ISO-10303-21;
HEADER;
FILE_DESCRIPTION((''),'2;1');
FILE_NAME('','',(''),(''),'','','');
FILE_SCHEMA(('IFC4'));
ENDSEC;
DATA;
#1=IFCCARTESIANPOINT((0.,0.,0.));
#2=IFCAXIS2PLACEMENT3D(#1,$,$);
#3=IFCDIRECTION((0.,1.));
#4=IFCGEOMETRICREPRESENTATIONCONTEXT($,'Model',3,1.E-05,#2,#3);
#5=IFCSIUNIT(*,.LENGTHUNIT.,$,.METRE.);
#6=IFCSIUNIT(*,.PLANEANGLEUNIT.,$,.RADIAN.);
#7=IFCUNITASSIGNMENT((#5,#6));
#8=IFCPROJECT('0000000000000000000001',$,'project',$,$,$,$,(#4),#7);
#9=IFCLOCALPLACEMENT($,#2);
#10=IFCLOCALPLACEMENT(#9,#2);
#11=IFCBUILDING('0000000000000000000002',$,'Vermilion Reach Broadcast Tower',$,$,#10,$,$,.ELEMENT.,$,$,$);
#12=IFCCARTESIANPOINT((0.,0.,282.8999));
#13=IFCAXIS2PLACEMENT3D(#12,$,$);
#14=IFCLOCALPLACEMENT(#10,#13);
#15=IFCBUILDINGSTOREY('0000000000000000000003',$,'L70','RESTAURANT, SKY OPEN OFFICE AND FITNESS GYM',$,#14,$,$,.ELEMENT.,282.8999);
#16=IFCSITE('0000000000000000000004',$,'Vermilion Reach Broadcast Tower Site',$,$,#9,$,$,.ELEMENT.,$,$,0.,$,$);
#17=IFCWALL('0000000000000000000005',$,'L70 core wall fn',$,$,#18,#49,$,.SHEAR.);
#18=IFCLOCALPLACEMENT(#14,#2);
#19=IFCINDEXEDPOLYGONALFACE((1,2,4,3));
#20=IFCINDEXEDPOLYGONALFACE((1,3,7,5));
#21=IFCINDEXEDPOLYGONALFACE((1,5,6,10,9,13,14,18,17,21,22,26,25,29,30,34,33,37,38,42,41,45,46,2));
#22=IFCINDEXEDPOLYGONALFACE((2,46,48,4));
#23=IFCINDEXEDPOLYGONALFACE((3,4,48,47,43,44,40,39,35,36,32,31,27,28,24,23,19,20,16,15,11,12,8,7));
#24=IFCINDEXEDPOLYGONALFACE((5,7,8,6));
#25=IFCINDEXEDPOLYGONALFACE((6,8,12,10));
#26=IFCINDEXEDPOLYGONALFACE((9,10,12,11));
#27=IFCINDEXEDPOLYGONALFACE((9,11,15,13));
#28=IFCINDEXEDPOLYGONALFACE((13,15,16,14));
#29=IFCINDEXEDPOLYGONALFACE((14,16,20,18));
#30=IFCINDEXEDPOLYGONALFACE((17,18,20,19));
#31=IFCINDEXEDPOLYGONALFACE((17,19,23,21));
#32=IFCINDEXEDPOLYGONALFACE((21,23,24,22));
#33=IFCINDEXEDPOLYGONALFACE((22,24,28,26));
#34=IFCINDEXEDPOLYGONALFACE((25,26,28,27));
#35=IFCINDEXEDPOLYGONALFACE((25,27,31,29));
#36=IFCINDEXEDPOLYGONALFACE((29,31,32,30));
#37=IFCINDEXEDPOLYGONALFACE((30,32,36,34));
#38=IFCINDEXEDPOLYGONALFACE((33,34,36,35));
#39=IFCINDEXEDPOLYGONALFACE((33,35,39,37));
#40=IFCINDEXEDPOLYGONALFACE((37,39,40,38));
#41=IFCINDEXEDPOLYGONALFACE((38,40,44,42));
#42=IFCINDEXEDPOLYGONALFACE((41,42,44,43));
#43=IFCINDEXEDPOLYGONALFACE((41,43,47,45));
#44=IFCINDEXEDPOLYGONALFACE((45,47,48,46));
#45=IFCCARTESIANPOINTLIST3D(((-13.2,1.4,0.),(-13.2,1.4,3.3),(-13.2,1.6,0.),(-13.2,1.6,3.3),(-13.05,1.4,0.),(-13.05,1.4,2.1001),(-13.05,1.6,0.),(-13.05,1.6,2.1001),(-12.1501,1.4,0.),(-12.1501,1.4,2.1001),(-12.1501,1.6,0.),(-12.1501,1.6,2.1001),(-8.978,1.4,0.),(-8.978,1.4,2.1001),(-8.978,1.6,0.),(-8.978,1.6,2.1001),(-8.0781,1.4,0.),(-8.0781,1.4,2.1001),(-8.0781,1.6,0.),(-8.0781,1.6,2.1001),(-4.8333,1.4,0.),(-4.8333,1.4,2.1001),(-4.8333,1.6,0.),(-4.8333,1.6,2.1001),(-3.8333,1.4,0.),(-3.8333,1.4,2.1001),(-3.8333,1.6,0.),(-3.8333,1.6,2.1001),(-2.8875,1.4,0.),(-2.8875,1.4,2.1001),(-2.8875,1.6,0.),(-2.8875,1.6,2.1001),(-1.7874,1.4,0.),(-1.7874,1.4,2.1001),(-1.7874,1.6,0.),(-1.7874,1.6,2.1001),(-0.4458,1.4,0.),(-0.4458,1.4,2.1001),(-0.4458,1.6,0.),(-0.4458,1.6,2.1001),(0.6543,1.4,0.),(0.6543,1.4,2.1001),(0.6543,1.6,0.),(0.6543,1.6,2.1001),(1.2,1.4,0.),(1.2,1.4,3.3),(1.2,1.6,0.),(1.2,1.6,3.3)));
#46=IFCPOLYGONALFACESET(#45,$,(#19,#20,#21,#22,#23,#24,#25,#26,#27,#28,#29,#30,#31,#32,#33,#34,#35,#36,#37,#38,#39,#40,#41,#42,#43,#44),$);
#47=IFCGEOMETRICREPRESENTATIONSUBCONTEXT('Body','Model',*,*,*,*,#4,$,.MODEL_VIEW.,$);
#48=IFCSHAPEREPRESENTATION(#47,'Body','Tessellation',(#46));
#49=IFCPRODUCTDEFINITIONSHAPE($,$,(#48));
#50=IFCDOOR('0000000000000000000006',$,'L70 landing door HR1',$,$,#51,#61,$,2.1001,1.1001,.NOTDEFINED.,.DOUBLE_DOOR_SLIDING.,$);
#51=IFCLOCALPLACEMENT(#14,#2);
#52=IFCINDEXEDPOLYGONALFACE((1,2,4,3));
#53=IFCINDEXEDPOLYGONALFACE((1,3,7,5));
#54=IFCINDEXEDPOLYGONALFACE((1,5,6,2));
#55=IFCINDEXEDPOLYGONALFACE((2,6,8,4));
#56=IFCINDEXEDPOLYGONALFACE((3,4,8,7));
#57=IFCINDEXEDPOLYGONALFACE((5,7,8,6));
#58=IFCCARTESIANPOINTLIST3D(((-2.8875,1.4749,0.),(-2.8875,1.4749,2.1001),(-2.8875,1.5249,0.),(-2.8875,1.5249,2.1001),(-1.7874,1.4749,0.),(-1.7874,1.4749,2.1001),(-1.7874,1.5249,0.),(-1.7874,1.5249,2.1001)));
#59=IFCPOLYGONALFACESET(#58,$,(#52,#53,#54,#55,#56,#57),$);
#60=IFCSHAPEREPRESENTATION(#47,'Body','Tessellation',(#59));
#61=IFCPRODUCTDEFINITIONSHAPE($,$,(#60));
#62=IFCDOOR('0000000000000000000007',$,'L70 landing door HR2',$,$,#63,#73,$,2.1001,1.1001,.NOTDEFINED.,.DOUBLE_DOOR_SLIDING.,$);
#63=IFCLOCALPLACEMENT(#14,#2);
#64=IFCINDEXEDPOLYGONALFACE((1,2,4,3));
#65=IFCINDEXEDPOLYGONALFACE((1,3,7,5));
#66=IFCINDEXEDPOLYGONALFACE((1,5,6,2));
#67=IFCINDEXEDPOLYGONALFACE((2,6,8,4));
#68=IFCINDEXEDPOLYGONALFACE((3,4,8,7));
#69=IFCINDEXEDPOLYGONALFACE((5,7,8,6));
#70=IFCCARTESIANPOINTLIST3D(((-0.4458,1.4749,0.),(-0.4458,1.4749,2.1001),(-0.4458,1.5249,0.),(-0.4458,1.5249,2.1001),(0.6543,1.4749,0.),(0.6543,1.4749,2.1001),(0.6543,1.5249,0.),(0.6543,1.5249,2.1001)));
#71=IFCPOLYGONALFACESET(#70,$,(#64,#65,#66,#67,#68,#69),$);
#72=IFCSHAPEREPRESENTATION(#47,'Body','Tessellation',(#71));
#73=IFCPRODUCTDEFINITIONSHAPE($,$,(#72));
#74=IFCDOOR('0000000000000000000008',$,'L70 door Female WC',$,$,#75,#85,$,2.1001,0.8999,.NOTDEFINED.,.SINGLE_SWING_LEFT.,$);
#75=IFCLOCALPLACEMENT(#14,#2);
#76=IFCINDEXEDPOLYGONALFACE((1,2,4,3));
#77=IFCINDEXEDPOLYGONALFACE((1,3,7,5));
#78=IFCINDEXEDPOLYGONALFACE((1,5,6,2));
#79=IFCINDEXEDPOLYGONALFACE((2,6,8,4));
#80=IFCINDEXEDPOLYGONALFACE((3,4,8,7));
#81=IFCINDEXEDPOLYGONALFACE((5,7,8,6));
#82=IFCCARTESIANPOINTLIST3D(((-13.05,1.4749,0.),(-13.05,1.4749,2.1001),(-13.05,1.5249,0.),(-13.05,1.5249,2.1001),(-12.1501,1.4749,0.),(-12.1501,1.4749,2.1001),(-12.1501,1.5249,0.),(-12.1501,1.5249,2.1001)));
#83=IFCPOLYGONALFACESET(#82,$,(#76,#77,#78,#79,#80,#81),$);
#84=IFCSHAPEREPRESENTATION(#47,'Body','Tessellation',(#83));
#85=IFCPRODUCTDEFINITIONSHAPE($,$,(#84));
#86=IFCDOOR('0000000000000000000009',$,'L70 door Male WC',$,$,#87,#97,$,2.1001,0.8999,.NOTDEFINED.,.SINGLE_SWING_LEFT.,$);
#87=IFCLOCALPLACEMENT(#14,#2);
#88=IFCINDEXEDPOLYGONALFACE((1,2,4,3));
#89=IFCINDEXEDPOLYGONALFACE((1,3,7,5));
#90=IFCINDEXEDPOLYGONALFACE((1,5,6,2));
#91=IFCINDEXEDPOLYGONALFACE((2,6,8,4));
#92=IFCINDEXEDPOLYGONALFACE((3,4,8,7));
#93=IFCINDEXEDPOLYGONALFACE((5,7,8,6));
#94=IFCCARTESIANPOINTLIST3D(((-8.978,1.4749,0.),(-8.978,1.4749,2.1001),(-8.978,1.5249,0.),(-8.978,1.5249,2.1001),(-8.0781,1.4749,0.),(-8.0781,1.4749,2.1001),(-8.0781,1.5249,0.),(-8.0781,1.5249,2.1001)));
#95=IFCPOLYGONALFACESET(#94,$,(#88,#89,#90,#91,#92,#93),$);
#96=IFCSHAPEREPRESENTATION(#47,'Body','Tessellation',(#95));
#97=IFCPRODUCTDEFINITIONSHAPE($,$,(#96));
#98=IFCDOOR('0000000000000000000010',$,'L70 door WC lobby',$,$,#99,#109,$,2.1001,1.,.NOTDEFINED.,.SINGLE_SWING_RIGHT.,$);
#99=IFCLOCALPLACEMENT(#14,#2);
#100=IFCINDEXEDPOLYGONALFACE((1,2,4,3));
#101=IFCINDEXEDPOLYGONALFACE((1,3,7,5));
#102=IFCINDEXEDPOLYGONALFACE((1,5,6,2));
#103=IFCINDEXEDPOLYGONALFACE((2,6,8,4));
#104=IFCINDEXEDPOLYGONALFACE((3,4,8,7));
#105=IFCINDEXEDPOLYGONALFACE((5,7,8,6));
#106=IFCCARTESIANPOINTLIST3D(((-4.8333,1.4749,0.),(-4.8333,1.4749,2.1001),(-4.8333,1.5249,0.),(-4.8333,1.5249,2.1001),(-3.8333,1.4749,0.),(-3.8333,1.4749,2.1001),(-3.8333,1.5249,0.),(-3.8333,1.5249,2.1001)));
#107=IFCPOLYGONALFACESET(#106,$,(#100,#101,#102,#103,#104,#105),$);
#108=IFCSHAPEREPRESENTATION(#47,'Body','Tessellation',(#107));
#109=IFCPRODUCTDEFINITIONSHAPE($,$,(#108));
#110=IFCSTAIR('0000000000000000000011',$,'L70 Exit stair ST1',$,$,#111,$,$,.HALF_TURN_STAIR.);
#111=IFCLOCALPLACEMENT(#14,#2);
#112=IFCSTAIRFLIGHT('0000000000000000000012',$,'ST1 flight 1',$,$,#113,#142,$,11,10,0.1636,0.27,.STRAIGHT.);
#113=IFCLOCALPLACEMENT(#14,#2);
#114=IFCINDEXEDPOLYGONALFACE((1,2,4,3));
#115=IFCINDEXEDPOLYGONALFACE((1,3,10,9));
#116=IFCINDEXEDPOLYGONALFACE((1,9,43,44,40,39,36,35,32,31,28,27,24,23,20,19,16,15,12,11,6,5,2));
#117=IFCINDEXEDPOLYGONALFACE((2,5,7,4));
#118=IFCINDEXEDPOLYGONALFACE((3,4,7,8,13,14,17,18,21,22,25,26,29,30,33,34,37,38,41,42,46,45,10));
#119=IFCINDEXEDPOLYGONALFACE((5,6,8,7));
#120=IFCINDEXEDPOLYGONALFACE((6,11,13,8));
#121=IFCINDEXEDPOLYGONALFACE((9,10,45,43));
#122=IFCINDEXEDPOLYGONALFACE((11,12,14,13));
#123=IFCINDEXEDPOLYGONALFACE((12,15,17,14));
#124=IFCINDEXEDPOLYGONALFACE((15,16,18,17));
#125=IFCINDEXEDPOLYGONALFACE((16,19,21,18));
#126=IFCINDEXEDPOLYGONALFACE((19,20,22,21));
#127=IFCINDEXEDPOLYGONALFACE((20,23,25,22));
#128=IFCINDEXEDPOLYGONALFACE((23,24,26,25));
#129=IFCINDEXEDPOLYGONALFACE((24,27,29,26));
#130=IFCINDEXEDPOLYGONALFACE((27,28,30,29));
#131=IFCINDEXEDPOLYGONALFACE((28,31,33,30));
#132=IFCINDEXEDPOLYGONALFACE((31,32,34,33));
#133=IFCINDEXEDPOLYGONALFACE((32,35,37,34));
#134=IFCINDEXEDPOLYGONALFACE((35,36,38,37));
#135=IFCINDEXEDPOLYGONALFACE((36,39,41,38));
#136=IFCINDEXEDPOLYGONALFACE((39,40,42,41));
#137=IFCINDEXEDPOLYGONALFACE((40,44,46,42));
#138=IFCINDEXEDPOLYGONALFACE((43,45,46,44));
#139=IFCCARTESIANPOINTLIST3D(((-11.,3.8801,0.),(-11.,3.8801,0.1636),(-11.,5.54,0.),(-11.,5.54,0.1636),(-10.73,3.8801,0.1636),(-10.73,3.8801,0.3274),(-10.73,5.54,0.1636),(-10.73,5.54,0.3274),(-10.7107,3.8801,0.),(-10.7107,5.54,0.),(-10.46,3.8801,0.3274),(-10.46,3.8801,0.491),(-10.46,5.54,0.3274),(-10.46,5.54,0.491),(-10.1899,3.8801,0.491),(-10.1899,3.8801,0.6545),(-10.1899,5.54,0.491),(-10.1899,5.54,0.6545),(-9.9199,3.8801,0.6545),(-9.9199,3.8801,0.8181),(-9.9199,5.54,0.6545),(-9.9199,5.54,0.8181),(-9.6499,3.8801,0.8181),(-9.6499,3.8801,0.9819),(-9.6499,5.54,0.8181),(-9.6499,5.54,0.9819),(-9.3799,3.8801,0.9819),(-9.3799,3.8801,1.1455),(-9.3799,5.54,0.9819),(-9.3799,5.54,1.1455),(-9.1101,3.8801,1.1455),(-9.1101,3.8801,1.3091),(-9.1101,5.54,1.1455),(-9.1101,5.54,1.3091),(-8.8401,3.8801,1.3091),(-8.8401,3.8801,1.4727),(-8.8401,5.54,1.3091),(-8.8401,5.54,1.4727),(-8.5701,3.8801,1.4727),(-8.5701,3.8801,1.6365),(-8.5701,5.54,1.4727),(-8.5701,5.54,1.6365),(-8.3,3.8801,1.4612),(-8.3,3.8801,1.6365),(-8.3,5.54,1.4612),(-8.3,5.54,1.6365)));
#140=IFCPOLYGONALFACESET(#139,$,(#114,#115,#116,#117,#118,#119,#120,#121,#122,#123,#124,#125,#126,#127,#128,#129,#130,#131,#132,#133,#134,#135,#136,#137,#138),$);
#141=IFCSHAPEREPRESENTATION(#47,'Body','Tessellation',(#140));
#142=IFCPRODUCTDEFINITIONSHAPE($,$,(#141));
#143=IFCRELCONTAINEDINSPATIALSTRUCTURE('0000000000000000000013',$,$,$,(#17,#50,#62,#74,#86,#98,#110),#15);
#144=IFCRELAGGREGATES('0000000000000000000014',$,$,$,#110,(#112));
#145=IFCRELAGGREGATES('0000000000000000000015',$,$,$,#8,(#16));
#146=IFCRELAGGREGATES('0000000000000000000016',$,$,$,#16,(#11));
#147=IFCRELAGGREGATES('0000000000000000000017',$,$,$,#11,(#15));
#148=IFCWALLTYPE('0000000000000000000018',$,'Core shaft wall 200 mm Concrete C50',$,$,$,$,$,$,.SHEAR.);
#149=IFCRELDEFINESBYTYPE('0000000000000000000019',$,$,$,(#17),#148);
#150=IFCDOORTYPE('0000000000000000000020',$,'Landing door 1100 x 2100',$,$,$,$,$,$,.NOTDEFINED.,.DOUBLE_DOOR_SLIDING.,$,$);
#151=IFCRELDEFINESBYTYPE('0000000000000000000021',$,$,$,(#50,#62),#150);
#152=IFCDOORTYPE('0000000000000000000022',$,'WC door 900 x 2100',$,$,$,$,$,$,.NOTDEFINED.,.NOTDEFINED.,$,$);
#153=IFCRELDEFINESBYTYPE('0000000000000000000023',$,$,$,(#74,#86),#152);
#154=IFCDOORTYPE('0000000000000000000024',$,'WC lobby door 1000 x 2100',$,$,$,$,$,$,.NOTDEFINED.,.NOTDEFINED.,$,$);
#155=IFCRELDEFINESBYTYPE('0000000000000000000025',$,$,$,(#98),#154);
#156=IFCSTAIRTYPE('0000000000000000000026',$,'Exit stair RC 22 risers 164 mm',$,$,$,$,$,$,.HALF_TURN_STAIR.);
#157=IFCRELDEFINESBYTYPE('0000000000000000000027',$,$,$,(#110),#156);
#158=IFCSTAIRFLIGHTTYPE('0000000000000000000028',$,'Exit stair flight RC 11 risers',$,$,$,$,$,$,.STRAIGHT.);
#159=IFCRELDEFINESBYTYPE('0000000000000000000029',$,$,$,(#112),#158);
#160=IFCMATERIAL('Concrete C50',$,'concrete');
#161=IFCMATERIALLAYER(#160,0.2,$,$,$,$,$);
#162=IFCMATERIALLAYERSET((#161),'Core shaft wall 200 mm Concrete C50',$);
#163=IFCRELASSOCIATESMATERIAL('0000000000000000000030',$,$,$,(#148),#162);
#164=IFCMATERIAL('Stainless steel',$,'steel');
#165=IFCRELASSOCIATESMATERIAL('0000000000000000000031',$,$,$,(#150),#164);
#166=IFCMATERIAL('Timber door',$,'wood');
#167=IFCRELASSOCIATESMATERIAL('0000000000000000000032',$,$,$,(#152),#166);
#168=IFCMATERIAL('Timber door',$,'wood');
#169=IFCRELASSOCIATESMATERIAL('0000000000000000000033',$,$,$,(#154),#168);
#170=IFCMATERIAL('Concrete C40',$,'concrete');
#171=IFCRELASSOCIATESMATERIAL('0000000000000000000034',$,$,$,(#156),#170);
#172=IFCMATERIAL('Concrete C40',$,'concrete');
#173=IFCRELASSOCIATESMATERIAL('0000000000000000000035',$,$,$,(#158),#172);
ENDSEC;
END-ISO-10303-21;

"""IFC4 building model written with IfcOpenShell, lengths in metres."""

from ifc_helpers import new_model, si_unit, direction, frame, frame_2d, origin, place, context, subcontext, project, spatial, polyline, rectangle, outline, extrude, material, layer, layer_set, type_object, element, fill, aggregate, save


model = new_model("IFC4")

# Units and contexts
model_context = context("Model", 3, precision=1e-05, world=origin(), true_north=direction((0.0, 1.0)))
body_context = subcontext(model_context, "Body", "Model", "MODEL_VIEW")
ifc_project = project(units=[si_unit("LENGTHUNIT", "METRE"), si_unit("PLANEANGLEUNIT", "RADIAN")], contexts=[model_context])

# Site, building, storey
site_placement = place(None, origin())
site = spatial("IfcSite", under=ifc_project, at=site_placement, Name="Vermilion Reach Broadcast Tower Site", CompositionType="ELEMENT", RefElevation=0.0)
building_placement = place(site_placement, origin())
building = spatial("IfcBuilding", under=site, at=building_placement, Name="Vermilion Reach Broadcast Tower", CompositionType="ELEMENT")
storey_placement = place(building_placement, frame((0.0, 0.0, 282.8999)))
storey = spatial("IfcBuildingStorey", under=building, at=storey_placement, Name="L70", Description="RESTAURANT, SKY OPEN OFFICE AND FITNESS GYM", CompositionType="ELEMENT", Elevation=282.8999)

# Wall, openings, doors
ifc_material_1 = material(Name="Concrete C50", Category="concrete")
ifc_layer_1 = layer(ifc_material_1, 0.2)
ifc_layer_set_1 = layer_set([ifc_layer_1], Name="Core shaft wall 200 mm Concrete C50")
wall_type_1 = type_object("IfcWallType", Name="Core shaft wall 200 mm Concrete C50", PredefinedType="SHEAR", material=ifc_layer_set_1)
wall_1_placement = place(storey_placement, frame((-13.2, 1.5, 0.0), z_axis=(0.0, 0.0, 1.0), x_axis=(1.0, 0.0, 0.0)))
wall_1 = element("IfcWall", 1, at=wall_1_placement, inside=storey, type_object=wall_type_1, Name="L70 core wall fn", PredefinedType="SHEAR", context=body_context, shape_type="SweptSolid", body=[
    extrude(rectangle(XDim=14.3999, YDim=0.2, at=frame_2d((7.2, 0.0))), origin(), (0.0, 0.0, 1.0), 3.3),
])
opening_1_placement = place(wall_1_placement, frame((10.3125, 0.0, 0.0)))
opening_1 = element("IfcOpeningElement", 2, at=opening_1_placement, cuts=wall_1, PredefinedType="OPENING", context=body_context, shape_type="SweptSolid", body=[
    extrude(rectangle(XDim=1.1001, YDim=2.1001, at=frame_2d((0.55, 1.05))), frame((0.0, 0.1099, 0.0), z_axis=(0.0, -1.0, 0.0), x_axis=(1.0, 0.0, 0.0)), (0.0, 0.0, 1.0), 0.22),
])
opening_2_placement = place(wall_1_placement, frame((12.7542, 0.0, 0.0)))
opening_2 = element("IfcOpeningElement", 3, at=opening_2_placement, cuts=wall_1, PredefinedType="OPENING", context=body_context, shape_type="SweptSolid", body=[
    extrude(rectangle(XDim=1.1001, YDim=2.1001, at=frame_2d((0.55, 1.05))), frame((0.0, 0.1099, 0.0), z_axis=(0.0, -1.0, 0.0), x_axis=(1.0, 0.0, 0.0)), (0.0, 0.0, 1.0), 0.22),
])
opening_3_placement = place(wall_1_placement, frame((0.1499, 0.0, 0.0)))
opening_3 = element("IfcOpeningElement", 4, at=opening_3_placement, cuts=wall_1, PredefinedType="OPENING", context=body_context, shape_type="SweptSolid", body=[
    extrude(rectangle(XDim=0.8999, YDim=2.1001, at=frame_2d((0.45, 1.05))), frame((0.0, 0.1099, 0.0), z_axis=(0.0, -1.0, 0.0), x_axis=(1.0, 0.0, 0.0)), (0.0, 0.0, 1.0), 0.22),
])
opening_4_placement = place(wall_1_placement, frame((4.2219, 0.0, 0.0)))
opening_4 = element("IfcOpeningElement", 5, at=opening_4_placement, cuts=wall_1, PredefinedType="OPENING", context=body_context, shape_type="SweptSolid", body=[
    extrude(rectangle(XDim=0.8999, YDim=2.1001, at=frame_2d((0.45, 1.05))), frame((0.0, 0.1099, 0.0), z_axis=(0.0, -1.0, 0.0), x_axis=(1.0, 0.0, 0.0)), (0.0, 0.0, 1.0), 0.22),
])
opening_5_placement = place(wall_1_placement, frame((8.3667, 0.0, 0.0)))
opening_5 = element("IfcOpeningElement", 6, at=opening_5_placement, cuts=wall_1, PredefinedType="OPENING", context=body_context, shape_type="SweptSolid", body=[
    extrude(rectangle(XDim=1.0, YDim=2.1001, at=frame_2d((0.5, 1.05))), frame((0.0, 0.1099, 0.0), z_axis=(0.0, -1.0, 0.0), x_axis=(1.0, 0.0, 0.0)), (0.0, 0.0, 1.0), 0.22),
])
ifc_material_2 = material(Name="Stainless steel", Category="steel")
door_type_1 = type_object("IfcDoorType", Name="Landing door 1100 x 2100", OperationType="DOUBLE_DOOR_SLIDING", PredefinedType="NOTDEFINED", material=ifc_material_2)
door_1_placement = place(opening_1_placement, origin())
door_1 = element("IfcDoor", 7, at=door_1_placement, inside=storey, type_object=door_type_1, Name="L70 landing door HR1", OperationType="DOUBLE_DOOR_SLIDING", OverallHeight=2.1001, OverallWidth=1.1001, PredefinedType="NOTDEFINED", context=body_context, shape_type="SweptSolid", body=[
    extrude(rectangle(XDim=1.1001, YDim=2.1001, at=frame_2d((0.55, 1.05))), frame((0.0, 0.0249, 0.0), z_axis=(0.0, -1.0, 0.0), x_axis=(1.0, 0.0, 0.0)), (0.0, 0.0, 1.0), 0.05),
])
fill(opening_1, door_1)
door_2_placement = place(opening_2_placement, origin())
door_2 = element("IfcDoor", 8, at=door_2_placement, inside=storey, type_object=door_type_1, Name="L70 landing door HR2", OperationType="DOUBLE_DOOR_SLIDING", OverallHeight=2.1001, OverallWidth=1.1001, PredefinedType="NOTDEFINED", context=body_context, shape_type="SweptSolid", body=[
    extrude(rectangle(XDim=1.1001, YDim=2.1001, at=frame_2d((0.55, 1.05))), frame((0.0, 0.0249, 0.0), z_axis=(0.0, -1.0, 0.0), x_axis=(1.0, 0.0, 0.0)), (0.0, 0.0, 1.0), 0.05),
])
fill(opening_2, door_2)
ifc_material_3 = material(Name="Timber door", Category="wood")
door_type_2 = type_object("IfcDoorType", Name="WC door 900 x 2100", OperationType="NOTDEFINED", PredefinedType="NOTDEFINED", material=ifc_material_3)
door_3_placement = place(opening_3_placement, origin())
door_3 = element("IfcDoor", 9, at=door_3_placement, inside=storey, type_object=door_type_2, Name="L70 door Female WC", OperationType="SINGLE_SWING_LEFT", OverallHeight=2.1001, OverallWidth=0.8999, PredefinedType="NOTDEFINED", context=body_context, shape_type="SweptSolid", body=[
    extrude(rectangle(XDim=0.8999, YDim=2.1001, at=frame_2d((0.45, 1.05))), frame((0.0, 0.0249, 0.0), z_axis=(0.0, -1.0, 0.0), x_axis=(1.0, 0.0, 0.0)), (0.0, 0.0, 1.0), 0.05),
])
fill(opening_3, door_3)
door_4_placement = place(opening_4_placement, origin())
door_4 = element("IfcDoor", 10, at=door_4_placement, inside=storey, type_object=door_type_2, Name="L70 door Male WC", OperationType="SINGLE_SWING_LEFT", OverallHeight=2.1001, OverallWidth=0.8999, PredefinedType="NOTDEFINED", context=body_context, shape_type="SweptSolid", body=[
    extrude(rectangle(XDim=0.8999, YDim=2.1001, at=frame_2d((0.45, 1.05))), frame((0.0, 0.0249, 0.0), z_axis=(0.0, -1.0, 0.0), x_axis=(1.0, 0.0, 0.0)), (0.0, 0.0, 1.0), 0.05),
])
fill(opening_4, door_4)
ifc_material_4 = material(Name="Timber door", Category="wood")
door_type_3 = type_object("IfcDoorType", Name="WC lobby door 1000 x 2100", OperationType="NOTDEFINED", PredefinedType="NOTDEFINED", material=ifc_material_4)
door_5_placement = place(opening_5_placement, origin())
door_5 = element("IfcDoor", 11, at=door_5_placement, inside=storey, type_object=door_type_3, Name="L70 door WC lobby", OperationType="SINGLE_SWING_RIGHT", OverallHeight=2.1001, OverallWidth=1.0, PredefinedType="NOTDEFINED", context=body_context, shape_type="SweptSolid", body=[
    extrude(rectangle(XDim=1.0, YDim=2.1001, at=frame_2d((0.5, 1.05))), frame((0.0, 0.0249, 0.0), z_axis=(0.0, -1.0, 0.0), x_axis=(1.0, 0.0, 0.0)), (0.0, 0.0, 1.0), 0.05),
])
fill(opening_5, door_5)

# Stair, stair flight
ifc_material_5 = material(Name="Concrete C40", Category="concrete")
stair_type = type_object("IfcStairType", Name="Exit stair RC 22 risers 164 mm", PredefinedType="HALF_TURN_STAIR", material=ifc_material_5)
stair_placement = place(storey_placement, origin())
stair = element("IfcStair", 12, at=stair_placement, inside=storey, type_object=stair_type, Name="L70 Exit stair ST1", PredefinedType="HALF_TURN_STAIR")
ifc_material_6 = material(Name="Concrete C40", Category="concrete")
stair_flight_type = type_object("IfcStairFlightType", Name="Exit stair flight RC 11 risers", PredefinedType="STRAIGHT", material=ifc_material_6)
stair_flight_1_placement = place(storey_placement, frame((-11.0, 4.71, 0.0), z_axis=(0.0, 0.0, 1.0), x_axis=(1.0, 0.0, 0.0)))
stair_flight_1 = element("IfcStairFlight", 13, at=stair_flight_1_placement, type_object=stair_flight_type, Name="ST1 flight 1", NumberOfRisers=11, NumberOfTreads=10, PredefinedType="STRAIGHT", RiserHeight=0.1636, TreadLength=0.27, context=body_context, shape_type="SweptSolid", body=[
    extrude(outline(polyline([(0.0, 0.0), (0.0, 0.1636), (0.27, 0.1636), (0.27, 0.3274), (0.54, 0.3274), (0.54, 0.491), (0.8101, 0.491), (0.8101, 0.6545), (1.0801, 0.6545), (1.0801, 0.8181), (1.3501, 0.8181), (1.3501, 0.9819), (1.6201, 0.9819), (1.6201, 1.1455), (1.8899, 1.1455), (1.8899, 1.3091), (2.1599, 1.3091), (2.1599, 1.4727), (2.4299, 1.4727), (2.4299, 1.6365), (2.7, 1.6365), (2.7, 1.8), (2.7, 1.4612), (0.2893, 0.0), (0.0, 0.0)])), frame((0.0, 0.8301, 0.0), z_axis=(0.0, -1.0, 0.0), x_axis=(1.0, 0.0, 0.0)), (0.0, 0.0, 1.0), 1.6599),
])
aggregate(stair, [stair_flight_1])

save(model, "model.ifc")
